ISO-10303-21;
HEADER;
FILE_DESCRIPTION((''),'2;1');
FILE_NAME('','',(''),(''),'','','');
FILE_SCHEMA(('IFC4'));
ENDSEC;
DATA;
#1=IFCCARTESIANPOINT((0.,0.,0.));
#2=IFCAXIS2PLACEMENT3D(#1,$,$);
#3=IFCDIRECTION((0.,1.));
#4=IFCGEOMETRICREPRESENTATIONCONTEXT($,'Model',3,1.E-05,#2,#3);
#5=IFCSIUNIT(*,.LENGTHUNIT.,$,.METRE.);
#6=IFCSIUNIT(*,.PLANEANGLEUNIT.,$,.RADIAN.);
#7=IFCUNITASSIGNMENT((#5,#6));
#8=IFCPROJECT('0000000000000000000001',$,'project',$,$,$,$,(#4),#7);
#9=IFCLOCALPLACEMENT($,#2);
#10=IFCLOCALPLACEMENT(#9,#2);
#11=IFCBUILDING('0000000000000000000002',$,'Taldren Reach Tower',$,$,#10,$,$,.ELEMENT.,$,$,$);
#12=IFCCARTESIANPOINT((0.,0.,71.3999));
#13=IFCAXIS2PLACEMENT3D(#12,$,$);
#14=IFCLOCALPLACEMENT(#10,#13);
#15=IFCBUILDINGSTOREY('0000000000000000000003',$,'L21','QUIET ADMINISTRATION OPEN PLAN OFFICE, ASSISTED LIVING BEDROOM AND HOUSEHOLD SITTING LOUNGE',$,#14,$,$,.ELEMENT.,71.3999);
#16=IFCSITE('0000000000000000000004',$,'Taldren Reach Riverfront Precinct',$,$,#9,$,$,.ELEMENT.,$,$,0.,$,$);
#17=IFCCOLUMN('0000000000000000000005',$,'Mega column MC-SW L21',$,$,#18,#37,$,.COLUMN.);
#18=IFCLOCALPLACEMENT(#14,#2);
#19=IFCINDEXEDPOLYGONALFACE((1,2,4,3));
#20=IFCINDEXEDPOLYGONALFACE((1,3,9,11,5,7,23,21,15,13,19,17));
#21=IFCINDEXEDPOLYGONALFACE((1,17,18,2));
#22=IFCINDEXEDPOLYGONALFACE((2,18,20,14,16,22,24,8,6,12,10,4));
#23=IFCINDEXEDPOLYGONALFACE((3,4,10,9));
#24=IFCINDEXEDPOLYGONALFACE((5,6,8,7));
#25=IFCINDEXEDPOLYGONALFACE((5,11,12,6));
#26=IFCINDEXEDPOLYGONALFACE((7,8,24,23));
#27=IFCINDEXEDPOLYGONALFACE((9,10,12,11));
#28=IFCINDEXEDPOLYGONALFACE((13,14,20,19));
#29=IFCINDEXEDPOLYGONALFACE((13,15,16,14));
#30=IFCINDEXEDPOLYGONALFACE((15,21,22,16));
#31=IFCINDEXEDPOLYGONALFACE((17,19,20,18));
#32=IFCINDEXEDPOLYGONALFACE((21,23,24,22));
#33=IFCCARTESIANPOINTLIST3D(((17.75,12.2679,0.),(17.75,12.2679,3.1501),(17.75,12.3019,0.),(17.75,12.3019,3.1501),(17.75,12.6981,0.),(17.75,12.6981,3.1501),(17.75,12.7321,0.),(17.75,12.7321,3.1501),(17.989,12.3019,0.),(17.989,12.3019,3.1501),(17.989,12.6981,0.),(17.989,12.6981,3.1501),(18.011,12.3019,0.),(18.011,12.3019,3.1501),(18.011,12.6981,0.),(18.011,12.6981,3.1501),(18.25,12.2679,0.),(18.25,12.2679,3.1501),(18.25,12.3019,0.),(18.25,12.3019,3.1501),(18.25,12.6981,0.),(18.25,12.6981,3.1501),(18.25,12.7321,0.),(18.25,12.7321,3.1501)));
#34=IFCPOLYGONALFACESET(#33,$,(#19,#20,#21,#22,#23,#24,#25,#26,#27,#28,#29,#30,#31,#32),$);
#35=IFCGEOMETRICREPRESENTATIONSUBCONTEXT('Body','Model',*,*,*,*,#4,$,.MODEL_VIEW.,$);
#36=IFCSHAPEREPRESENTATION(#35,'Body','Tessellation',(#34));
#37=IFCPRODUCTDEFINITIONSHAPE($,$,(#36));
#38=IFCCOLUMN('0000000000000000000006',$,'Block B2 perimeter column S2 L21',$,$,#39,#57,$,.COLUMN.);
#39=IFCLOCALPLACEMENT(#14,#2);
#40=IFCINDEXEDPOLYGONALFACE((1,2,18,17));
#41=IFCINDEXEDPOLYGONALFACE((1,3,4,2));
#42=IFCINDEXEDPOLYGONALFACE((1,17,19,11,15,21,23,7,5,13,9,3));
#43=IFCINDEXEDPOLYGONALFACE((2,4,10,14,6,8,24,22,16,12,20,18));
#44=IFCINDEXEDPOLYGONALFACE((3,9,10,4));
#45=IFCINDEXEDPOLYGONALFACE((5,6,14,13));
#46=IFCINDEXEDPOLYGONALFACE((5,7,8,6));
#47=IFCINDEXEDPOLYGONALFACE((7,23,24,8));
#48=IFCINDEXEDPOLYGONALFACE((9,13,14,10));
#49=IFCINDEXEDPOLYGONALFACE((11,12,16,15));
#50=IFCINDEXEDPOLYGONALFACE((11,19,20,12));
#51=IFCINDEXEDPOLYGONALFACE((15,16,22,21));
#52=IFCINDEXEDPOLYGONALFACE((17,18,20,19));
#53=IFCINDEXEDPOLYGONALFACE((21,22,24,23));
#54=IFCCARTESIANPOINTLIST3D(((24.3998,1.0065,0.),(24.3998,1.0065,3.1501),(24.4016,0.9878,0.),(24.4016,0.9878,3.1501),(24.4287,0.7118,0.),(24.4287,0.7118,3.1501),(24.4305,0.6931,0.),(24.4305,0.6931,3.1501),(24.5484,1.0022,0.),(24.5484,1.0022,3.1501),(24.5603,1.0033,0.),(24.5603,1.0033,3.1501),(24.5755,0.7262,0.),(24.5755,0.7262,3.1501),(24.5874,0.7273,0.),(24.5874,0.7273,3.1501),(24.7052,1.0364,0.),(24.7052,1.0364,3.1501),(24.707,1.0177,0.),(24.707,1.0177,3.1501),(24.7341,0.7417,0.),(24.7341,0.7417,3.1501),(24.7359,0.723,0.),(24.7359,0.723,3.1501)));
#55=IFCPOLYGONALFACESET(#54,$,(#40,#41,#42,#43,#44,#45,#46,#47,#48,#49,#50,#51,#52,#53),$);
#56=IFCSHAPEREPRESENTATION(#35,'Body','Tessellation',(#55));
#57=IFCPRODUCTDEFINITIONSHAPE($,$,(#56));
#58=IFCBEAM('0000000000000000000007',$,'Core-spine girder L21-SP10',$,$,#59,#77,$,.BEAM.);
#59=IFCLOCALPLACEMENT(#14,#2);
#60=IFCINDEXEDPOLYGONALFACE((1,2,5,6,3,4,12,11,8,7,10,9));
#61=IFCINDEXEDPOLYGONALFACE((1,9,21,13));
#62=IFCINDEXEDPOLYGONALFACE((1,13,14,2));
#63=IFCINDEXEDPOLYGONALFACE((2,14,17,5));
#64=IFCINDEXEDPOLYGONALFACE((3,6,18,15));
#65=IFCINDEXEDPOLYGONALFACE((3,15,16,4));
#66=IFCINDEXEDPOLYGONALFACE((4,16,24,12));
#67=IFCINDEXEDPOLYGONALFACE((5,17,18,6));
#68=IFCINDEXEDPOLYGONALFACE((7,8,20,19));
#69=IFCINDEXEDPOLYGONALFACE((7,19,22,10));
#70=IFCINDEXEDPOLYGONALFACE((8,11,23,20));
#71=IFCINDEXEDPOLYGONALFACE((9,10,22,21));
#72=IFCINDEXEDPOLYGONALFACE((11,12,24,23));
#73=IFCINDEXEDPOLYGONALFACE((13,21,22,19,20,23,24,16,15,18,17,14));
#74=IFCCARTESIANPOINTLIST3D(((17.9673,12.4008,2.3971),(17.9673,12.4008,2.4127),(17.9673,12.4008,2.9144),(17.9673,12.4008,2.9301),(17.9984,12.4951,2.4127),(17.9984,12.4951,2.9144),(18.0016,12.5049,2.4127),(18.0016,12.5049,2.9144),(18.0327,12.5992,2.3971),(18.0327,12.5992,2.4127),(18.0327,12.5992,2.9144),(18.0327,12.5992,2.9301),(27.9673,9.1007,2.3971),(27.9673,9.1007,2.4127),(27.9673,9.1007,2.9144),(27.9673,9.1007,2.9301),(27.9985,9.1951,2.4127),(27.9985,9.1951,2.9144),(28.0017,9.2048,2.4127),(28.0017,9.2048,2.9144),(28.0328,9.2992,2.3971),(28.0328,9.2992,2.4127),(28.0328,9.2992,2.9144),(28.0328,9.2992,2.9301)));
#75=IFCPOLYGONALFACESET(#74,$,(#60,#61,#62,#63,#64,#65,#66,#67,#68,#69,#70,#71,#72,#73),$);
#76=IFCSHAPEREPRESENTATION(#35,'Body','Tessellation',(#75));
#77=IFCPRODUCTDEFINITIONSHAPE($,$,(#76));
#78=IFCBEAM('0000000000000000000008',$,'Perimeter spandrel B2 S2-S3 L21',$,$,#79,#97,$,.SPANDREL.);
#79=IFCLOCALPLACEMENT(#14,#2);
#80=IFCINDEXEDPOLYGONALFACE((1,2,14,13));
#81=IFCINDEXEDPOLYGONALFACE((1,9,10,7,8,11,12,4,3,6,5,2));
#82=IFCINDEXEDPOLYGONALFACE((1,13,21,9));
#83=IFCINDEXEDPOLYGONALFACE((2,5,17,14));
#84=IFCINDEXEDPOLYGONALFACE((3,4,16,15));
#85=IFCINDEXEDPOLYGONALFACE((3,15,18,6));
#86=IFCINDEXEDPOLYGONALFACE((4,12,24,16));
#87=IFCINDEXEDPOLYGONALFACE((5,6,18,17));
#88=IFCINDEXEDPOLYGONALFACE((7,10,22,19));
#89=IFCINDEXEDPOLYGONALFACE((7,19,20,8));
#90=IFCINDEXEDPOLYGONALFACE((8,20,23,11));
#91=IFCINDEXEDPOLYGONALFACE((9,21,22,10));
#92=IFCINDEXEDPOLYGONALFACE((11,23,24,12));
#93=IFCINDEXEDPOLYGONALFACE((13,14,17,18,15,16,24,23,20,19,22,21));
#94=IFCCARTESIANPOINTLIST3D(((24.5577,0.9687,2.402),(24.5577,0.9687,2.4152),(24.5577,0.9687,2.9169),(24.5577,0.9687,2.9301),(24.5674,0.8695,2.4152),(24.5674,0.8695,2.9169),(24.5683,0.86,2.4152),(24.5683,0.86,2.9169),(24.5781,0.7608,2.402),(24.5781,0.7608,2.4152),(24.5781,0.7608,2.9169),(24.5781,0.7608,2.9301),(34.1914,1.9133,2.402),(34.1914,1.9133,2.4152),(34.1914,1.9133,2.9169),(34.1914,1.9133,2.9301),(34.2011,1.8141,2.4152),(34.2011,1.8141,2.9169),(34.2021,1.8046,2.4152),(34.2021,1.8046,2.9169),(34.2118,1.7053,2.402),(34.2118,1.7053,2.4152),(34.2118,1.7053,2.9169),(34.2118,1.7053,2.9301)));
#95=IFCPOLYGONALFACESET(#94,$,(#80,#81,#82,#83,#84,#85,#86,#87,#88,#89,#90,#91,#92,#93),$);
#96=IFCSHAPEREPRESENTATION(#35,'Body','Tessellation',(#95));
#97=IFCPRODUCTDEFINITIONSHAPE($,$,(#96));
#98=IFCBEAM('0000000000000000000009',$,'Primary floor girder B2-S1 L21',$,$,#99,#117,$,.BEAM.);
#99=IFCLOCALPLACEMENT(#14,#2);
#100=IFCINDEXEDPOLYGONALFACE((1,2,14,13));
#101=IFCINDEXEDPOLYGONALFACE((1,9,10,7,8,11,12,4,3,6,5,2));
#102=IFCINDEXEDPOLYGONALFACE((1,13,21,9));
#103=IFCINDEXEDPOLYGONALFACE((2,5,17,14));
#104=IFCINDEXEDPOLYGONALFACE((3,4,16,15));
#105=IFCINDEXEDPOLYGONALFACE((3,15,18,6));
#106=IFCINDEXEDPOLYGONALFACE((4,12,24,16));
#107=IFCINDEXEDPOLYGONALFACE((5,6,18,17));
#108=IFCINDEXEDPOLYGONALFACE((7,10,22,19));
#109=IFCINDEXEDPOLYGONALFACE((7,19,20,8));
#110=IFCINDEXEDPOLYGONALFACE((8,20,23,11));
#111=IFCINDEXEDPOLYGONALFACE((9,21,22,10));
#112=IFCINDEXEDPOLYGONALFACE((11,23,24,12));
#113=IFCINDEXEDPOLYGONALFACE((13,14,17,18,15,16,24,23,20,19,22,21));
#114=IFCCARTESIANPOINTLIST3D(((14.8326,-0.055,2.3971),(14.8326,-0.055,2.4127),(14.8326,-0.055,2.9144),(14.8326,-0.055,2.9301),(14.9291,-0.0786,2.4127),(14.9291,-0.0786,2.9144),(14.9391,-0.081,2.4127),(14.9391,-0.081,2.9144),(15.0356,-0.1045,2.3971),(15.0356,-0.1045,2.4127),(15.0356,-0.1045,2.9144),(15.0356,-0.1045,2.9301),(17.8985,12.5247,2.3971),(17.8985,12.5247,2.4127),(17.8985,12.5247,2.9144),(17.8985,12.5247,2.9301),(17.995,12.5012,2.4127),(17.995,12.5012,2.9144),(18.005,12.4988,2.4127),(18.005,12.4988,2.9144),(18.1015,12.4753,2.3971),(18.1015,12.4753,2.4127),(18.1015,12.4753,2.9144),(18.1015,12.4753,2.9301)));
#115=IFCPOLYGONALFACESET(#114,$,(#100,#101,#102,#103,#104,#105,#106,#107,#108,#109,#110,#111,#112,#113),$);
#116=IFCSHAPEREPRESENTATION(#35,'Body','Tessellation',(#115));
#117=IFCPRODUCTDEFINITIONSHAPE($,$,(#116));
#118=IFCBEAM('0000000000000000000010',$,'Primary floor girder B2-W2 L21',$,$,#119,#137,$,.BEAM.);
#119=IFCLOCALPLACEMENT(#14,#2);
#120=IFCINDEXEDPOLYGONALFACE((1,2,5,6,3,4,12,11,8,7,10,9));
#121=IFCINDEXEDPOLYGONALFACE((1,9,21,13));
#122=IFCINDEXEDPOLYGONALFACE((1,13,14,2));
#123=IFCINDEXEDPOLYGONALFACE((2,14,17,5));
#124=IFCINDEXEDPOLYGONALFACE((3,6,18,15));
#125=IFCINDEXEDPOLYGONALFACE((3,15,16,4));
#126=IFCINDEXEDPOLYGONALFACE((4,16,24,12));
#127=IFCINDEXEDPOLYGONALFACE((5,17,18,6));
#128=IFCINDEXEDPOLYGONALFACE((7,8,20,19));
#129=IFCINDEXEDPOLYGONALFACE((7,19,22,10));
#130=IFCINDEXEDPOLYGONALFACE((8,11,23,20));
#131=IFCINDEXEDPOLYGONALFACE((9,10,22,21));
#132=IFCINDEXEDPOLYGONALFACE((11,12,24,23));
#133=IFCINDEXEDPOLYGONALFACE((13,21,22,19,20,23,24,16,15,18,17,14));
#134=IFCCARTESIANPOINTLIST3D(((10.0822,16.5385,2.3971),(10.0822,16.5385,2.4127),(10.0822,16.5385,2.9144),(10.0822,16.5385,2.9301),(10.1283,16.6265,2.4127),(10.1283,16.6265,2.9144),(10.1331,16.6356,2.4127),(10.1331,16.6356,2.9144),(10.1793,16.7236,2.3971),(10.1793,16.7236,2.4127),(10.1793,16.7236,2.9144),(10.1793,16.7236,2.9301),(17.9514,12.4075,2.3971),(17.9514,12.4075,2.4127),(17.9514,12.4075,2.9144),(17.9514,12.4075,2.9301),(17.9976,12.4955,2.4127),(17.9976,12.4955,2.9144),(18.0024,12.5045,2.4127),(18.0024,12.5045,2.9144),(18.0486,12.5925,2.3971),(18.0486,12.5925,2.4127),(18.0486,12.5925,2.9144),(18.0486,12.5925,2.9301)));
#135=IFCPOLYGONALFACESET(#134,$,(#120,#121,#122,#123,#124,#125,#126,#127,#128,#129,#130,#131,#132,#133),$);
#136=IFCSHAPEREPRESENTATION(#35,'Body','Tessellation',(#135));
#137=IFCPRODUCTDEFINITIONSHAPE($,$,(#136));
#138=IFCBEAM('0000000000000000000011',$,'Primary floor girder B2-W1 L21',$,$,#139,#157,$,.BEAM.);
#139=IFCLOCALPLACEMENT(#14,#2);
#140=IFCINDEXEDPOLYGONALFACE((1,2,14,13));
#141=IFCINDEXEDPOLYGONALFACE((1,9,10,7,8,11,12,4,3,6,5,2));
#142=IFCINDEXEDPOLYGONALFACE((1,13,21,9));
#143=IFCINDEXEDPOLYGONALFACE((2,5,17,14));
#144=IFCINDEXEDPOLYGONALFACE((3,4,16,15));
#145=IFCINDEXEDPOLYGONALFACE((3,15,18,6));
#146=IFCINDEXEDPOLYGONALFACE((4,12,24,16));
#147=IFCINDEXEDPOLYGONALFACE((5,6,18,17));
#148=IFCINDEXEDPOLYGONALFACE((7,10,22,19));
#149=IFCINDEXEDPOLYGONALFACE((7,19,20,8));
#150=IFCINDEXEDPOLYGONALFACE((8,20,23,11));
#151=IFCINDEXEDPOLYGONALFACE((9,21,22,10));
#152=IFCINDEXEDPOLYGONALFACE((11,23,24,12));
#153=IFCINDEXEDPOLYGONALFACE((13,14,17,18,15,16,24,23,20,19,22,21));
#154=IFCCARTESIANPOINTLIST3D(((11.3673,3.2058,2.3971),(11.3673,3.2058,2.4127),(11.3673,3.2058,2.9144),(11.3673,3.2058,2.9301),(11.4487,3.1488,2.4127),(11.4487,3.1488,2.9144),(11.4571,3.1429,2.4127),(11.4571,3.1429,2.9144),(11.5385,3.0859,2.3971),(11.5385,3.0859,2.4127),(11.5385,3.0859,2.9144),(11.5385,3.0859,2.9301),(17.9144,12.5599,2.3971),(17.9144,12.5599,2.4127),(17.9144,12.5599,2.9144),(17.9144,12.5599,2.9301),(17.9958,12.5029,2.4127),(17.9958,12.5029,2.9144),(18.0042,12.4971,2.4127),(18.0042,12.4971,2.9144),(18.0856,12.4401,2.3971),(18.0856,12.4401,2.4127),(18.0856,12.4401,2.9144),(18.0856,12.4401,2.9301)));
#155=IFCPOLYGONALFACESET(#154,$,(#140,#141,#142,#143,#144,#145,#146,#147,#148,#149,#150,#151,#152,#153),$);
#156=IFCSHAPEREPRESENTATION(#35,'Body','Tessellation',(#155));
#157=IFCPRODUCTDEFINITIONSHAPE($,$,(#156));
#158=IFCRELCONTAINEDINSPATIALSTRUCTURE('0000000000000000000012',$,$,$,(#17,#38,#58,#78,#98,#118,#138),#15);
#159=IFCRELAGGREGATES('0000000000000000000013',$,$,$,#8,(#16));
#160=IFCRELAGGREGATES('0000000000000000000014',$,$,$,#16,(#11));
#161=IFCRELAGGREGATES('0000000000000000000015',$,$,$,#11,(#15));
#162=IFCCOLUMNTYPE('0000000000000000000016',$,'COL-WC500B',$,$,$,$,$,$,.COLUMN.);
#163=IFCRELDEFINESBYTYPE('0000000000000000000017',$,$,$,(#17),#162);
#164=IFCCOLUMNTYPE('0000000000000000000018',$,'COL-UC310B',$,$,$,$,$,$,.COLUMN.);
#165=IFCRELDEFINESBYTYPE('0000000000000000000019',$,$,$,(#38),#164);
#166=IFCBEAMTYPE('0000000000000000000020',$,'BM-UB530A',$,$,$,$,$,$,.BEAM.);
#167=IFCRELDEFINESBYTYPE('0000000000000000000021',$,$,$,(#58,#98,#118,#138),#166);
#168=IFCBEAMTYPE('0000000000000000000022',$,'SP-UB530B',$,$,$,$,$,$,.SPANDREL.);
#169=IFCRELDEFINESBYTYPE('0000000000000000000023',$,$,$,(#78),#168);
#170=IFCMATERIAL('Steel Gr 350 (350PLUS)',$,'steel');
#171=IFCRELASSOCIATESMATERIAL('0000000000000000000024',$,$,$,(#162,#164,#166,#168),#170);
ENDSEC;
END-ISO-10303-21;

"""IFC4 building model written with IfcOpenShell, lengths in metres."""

from ifc_helpers import new_model, si_unit, direction, frame, origin, origin_2d, place, context, subcontext, project, spatial, i_section, extrude, source, transform, mapped, material, material_profile, profile_set, type_object, element, save


model = new_model("IFC4")

# Units and contexts
model_context = context("Model", 3, precision=1e-05, world=origin(), true_north=direction((0.0, 1.0)))
body_context = subcontext(model_context, "Body", "Model", "MODEL_VIEW")
ifc_project = project(units=[si_unit("LENGTHUNIT", "METRE"), si_unit("PLANEANGLEUNIT", "RADIAN")], contexts=[model_context])

# Site, building, storey
site_placement = place(None, origin())
site = spatial("IfcSite", under=ifc_project, at=site_placement, Name="Taldren Reach Riverfront Precinct", CompositionType="ELEMENT", RefElevation=0.0)
building_placement = place(site_placement, origin())
building = spatial("IfcBuilding", under=site, at=building_placement, Name="Taldren Reach Tower", CompositionType="ELEMENT")
storey_placement = place(building_placement, frame((0.0, 0.0, 71.3999)))
storey = spatial("IfcBuildingStorey", under=building, at=storey_placement, Name="L21", Description="QUIET ADMINISTRATION OPEN PLAN OFFICE, ASSISTED LIVING BEDROOM AND HOUSEHOLD SITTING LOUNGE", CompositionType="ELEMENT", Elevation=71.3999)

# Columns
ifc_material_1 = material(Name="Steel Gr 350 (350PLUS)", Category="steel")
ifc_material_profile_1 = material_profile(ifc_material_1, i_section(OverallWidth=0.5, OverallDepth=0.4641, WebThickness=0.022, FlangeThickness=0.0339, at=origin_2d()), Name="500WC340")
ifc_profile_set_1 = profile_set([ifc_material_profile_1], Name="Steel Gr 350 (350PLUS)")
column_type_1 = type_object("IfcColumnType", Name="COL-WC500B", PredefinedType="COLUMN", material=ifc_profile_set_1)
shared_shape_1 = source(origin(), body_context, "Body", "SweptSolid", [
    extrude(i_section(OverallWidth=0.5, OverallDepth=0.4641, WebThickness=0.022, FlangeThickness=0.0339, at=origin_2d()), origin(), (0.0, 0.0, 1.0), 3.1501),
])
column_1_placement = place(storey_placement, frame((18.0, 12.5, 0.0), z_axis=(0.0, 0.0, 1.0), x_axis=(1.0, 0.0, 0.0)))
element("IfcColumn", 1, at=column_1_placement, inside=storey, type_object=column_type_1, Name="Mega column MC-SW L21", PredefinedType="COLUMN", context=body_context, shape_type="MappedRepresentation", body=[
    mapped(shared_shape_1, transform((0.0, 0.0, 0.0), scale=1.0)),
])
ifc_material_profile_2 = material_profile(ifc_material_1, i_section(OverallWidth=0.3069, OverallDepth=0.3149, WebThickness=0.012, FlangeThickness=0.0188, at=origin_2d()), Name="310UC118")
ifc_profile_set_2 = profile_set([ifc_material_profile_2], Name="Steel Gr 350 (350PLUS)")
column_type_2 = type_object("IfcColumnType", Name="COL-UC310B", PredefinedType="COLUMN", material=ifc_profile_set_2)
shared_shape_2 = source(origin(), body_context, "Body", "SweptSolid", [
    extrude(i_section(OverallWidth=0.3069, OverallDepth=0.3149, WebThickness=0.012, FlangeThickness=0.0188, at=origin_2d()), origin(), (0.0, 0.0, 1.0), 3.1501),
])
column_2_placement = place(storey_placement, frame((24.5679, 0.8647, 0.0), z_axis=(0.0, 0.0, 1.0), x_axis=(0.995227, 0.097583, 0.0)))
element("IfcColumn", 2, at=column_2_placement, inside=storey, type_object=column_type_2, Name="Block B2 perimeter column S2 L21", PredefinedType="COLUMN", context=body_context, shape_type="MappedRepresentation", body=[
    mapped(shared_shape_2, transform((0.0, 0.0, 0.0), scale=1.0)),
])

# Beams
ifc_material_profile_3 = material_profile(ifc_material_1, i_section(OverallWidth=0.209, OverallDepth=0.533, WebThickness=0.0103, FlangeThickness=0.0156, at=origin_2d()), Name="530UB92.4")
ifc_profile_set_3 = profile_set([ifc_material_profile_3], Name="Steel Gr 350 (350PLUS)")
beam_type_1 = type_object("IfcBeamType", Name="BM-UB530A", PredefinedType="BEAM", material=ifc_profile_set_3)
shared_shape_3 = source(origin(), body_context, "Body", "SweptSolid", [
    extrude(i_section(OverallWidth=0.209, OverallDepth=0.533, WebThickness=0.0103, FlangeThickness=0.0156, at=origin_2d()), origin(), (0.0, 0.0, 1.0), 10.5305),
])
beam_1_placement = place(storey_placement, frame((18.0, 12.5, 2.6636), z_axis=(0.949627, -0.313382, 0.0), x_axis=(0.313382, 0.949627, 0.0)))
element("IfcBeam", 3, at=beam_1_placement, inside=storey, type_object=beam_type_1, Name="Core-spine girder L21-SP10", PredefinedType="BEAM", context=body_context, shape_type="MappedRepresentation", body=[
    mapped(shared_shape_3, transform((0.0, 0.0, 0.0), scale=1.0)),
])
ifc_material_profile_4 = material_profile(ifc_material_1, i_section(OverallWidth=0.209, OverallDepth=0.5281, WebThickness=0.0095, FlangeThickness=0.0132, at=origin_2d()), Name="530UB82.0")
ifc_profile_set_4 = profile_set([ifc_material_profile_4], Name="Steel Gr 350 (350PLUS)")
beam_type_2 = type_object("IfcBeamType", Name="SP-UB530B", PredefinedType="SPANDREL", material=ifc_profile_set_4)
shared_shape_4 = source(origin(), body_context, "Body", "SweptSolid", [
    extrude(i_section(OverallWidth=0.209, OverallDepth=0.5281, WebThickness=0.0095, FlangeThickness=0.0132, at=origin_2d()), origin(), (0.0, 0.0, 1.0), 9.6799),
])
beam_2_placement = place(storey_placement, frame((24.5679, 0.8647, 2.666), z_axis=(0.995228, 0.097581, 0.0), x_axis=(-0.097581, 0.995228, 0.0)))
element("IfcBeam", 4, at=beam_2_placement, inside=storey, type_object=beam_type_2, Name="Perimeter spandrel B2 S2-S3 L21", PredefinedType="SPANDREL", context=body_context, shape_type="MappedRepresentation", body=[
    mapped(shared_shape_4, transform((0.0, 0.0, 0.0), scale=1.0)),
])
shared_shape_5 = source(origin(), body_context, "Body", "SweptSolid", [
    extrude(i_section(OverallWidth=0.209, OverallDepth=0.533, WebThickness=0.0103, FlangeThickness=0.0156, at=origin_2d()), origin(), (0.0, 0.0, 1.0), 12.948),
])
beam_3_placement = place(storey_placement, frame((18.0, 12.5, 2.6636), z_axis=(-0.236786, -0.971562, 0.0), x_axis=(0.971562, -0.236786, 0.0)))
element("IfcBeam", 5, at=beam_3_placement, inside=storey, type_object=beam_type_1, Name="Primary floor girder B2-S1 L21", PredefinedType="BEAM", context=body_context, shape_type="MappedRepresentation", body=[
    mapped(shared_shape_5, transform((0.0, 0.0, 0.0), scale=1.0)),
])
shared_shape_6 = source(origin(), body_context, "Body", "SweptSolid", [
    extrude(i_section(OverallWidth=0.209, OverallDepth=0.533, WebThickness=0.0103, FlangeThickness=0.0156, at=origin_2d()), origin(), (0.0, 0.0, 1.0), 8.8877),
])
beam_4_placement = place(storey_placement, frame((18.0, 12.5, 2.6636), z_axis=(-0.885413, 0.464805, 0.0), x_axis=(-0.464805, -0.885413, 0.0)))
element("IfcBeam", 6, at=beam_4_placement, inside=storey, type_object=beam_type_1, Name="Primary floor girder B2-W2 L21", PredefinedType="BEAM", context=body_context, shape_type="MappedRepresentation", body=[
    mapped(shared_shape_6, transform((0.0, 0.0, 0.0), scale=1.0)),
])
shared_shape_7 = source(origin(), body_context, "Body", "SweptSolid", [
    extrude(i_section(OverallWidth=0.209, OverallDepth=0.533, WebThickness=0.0103, FlangeThickness=0.0156, at=origin_2d()), origin(), (0.0, 0.0, 1.0), 11.4177),
])
beam_5_placement = place(storey_placement, frame((18.0, 12.5, 2.6636), z_axis=(-0.573412, -0.819267, 0.0), x_axis=(0.819267, -0.573412, 0.0)))
element("IfcBeam", 7, at=beam_5_placement, inside=storey, type_object=beam_type_1, Name="Primary floor girder B2-W1 L21", PredefinedType="BEAM", context=body_context, shape_type="MappedRepresentation", body=[
    mapped(shared_shape_7, transform((0.0, 0.0, 0.0), scale=1.0)),
])

save(model, "model.ifc")
